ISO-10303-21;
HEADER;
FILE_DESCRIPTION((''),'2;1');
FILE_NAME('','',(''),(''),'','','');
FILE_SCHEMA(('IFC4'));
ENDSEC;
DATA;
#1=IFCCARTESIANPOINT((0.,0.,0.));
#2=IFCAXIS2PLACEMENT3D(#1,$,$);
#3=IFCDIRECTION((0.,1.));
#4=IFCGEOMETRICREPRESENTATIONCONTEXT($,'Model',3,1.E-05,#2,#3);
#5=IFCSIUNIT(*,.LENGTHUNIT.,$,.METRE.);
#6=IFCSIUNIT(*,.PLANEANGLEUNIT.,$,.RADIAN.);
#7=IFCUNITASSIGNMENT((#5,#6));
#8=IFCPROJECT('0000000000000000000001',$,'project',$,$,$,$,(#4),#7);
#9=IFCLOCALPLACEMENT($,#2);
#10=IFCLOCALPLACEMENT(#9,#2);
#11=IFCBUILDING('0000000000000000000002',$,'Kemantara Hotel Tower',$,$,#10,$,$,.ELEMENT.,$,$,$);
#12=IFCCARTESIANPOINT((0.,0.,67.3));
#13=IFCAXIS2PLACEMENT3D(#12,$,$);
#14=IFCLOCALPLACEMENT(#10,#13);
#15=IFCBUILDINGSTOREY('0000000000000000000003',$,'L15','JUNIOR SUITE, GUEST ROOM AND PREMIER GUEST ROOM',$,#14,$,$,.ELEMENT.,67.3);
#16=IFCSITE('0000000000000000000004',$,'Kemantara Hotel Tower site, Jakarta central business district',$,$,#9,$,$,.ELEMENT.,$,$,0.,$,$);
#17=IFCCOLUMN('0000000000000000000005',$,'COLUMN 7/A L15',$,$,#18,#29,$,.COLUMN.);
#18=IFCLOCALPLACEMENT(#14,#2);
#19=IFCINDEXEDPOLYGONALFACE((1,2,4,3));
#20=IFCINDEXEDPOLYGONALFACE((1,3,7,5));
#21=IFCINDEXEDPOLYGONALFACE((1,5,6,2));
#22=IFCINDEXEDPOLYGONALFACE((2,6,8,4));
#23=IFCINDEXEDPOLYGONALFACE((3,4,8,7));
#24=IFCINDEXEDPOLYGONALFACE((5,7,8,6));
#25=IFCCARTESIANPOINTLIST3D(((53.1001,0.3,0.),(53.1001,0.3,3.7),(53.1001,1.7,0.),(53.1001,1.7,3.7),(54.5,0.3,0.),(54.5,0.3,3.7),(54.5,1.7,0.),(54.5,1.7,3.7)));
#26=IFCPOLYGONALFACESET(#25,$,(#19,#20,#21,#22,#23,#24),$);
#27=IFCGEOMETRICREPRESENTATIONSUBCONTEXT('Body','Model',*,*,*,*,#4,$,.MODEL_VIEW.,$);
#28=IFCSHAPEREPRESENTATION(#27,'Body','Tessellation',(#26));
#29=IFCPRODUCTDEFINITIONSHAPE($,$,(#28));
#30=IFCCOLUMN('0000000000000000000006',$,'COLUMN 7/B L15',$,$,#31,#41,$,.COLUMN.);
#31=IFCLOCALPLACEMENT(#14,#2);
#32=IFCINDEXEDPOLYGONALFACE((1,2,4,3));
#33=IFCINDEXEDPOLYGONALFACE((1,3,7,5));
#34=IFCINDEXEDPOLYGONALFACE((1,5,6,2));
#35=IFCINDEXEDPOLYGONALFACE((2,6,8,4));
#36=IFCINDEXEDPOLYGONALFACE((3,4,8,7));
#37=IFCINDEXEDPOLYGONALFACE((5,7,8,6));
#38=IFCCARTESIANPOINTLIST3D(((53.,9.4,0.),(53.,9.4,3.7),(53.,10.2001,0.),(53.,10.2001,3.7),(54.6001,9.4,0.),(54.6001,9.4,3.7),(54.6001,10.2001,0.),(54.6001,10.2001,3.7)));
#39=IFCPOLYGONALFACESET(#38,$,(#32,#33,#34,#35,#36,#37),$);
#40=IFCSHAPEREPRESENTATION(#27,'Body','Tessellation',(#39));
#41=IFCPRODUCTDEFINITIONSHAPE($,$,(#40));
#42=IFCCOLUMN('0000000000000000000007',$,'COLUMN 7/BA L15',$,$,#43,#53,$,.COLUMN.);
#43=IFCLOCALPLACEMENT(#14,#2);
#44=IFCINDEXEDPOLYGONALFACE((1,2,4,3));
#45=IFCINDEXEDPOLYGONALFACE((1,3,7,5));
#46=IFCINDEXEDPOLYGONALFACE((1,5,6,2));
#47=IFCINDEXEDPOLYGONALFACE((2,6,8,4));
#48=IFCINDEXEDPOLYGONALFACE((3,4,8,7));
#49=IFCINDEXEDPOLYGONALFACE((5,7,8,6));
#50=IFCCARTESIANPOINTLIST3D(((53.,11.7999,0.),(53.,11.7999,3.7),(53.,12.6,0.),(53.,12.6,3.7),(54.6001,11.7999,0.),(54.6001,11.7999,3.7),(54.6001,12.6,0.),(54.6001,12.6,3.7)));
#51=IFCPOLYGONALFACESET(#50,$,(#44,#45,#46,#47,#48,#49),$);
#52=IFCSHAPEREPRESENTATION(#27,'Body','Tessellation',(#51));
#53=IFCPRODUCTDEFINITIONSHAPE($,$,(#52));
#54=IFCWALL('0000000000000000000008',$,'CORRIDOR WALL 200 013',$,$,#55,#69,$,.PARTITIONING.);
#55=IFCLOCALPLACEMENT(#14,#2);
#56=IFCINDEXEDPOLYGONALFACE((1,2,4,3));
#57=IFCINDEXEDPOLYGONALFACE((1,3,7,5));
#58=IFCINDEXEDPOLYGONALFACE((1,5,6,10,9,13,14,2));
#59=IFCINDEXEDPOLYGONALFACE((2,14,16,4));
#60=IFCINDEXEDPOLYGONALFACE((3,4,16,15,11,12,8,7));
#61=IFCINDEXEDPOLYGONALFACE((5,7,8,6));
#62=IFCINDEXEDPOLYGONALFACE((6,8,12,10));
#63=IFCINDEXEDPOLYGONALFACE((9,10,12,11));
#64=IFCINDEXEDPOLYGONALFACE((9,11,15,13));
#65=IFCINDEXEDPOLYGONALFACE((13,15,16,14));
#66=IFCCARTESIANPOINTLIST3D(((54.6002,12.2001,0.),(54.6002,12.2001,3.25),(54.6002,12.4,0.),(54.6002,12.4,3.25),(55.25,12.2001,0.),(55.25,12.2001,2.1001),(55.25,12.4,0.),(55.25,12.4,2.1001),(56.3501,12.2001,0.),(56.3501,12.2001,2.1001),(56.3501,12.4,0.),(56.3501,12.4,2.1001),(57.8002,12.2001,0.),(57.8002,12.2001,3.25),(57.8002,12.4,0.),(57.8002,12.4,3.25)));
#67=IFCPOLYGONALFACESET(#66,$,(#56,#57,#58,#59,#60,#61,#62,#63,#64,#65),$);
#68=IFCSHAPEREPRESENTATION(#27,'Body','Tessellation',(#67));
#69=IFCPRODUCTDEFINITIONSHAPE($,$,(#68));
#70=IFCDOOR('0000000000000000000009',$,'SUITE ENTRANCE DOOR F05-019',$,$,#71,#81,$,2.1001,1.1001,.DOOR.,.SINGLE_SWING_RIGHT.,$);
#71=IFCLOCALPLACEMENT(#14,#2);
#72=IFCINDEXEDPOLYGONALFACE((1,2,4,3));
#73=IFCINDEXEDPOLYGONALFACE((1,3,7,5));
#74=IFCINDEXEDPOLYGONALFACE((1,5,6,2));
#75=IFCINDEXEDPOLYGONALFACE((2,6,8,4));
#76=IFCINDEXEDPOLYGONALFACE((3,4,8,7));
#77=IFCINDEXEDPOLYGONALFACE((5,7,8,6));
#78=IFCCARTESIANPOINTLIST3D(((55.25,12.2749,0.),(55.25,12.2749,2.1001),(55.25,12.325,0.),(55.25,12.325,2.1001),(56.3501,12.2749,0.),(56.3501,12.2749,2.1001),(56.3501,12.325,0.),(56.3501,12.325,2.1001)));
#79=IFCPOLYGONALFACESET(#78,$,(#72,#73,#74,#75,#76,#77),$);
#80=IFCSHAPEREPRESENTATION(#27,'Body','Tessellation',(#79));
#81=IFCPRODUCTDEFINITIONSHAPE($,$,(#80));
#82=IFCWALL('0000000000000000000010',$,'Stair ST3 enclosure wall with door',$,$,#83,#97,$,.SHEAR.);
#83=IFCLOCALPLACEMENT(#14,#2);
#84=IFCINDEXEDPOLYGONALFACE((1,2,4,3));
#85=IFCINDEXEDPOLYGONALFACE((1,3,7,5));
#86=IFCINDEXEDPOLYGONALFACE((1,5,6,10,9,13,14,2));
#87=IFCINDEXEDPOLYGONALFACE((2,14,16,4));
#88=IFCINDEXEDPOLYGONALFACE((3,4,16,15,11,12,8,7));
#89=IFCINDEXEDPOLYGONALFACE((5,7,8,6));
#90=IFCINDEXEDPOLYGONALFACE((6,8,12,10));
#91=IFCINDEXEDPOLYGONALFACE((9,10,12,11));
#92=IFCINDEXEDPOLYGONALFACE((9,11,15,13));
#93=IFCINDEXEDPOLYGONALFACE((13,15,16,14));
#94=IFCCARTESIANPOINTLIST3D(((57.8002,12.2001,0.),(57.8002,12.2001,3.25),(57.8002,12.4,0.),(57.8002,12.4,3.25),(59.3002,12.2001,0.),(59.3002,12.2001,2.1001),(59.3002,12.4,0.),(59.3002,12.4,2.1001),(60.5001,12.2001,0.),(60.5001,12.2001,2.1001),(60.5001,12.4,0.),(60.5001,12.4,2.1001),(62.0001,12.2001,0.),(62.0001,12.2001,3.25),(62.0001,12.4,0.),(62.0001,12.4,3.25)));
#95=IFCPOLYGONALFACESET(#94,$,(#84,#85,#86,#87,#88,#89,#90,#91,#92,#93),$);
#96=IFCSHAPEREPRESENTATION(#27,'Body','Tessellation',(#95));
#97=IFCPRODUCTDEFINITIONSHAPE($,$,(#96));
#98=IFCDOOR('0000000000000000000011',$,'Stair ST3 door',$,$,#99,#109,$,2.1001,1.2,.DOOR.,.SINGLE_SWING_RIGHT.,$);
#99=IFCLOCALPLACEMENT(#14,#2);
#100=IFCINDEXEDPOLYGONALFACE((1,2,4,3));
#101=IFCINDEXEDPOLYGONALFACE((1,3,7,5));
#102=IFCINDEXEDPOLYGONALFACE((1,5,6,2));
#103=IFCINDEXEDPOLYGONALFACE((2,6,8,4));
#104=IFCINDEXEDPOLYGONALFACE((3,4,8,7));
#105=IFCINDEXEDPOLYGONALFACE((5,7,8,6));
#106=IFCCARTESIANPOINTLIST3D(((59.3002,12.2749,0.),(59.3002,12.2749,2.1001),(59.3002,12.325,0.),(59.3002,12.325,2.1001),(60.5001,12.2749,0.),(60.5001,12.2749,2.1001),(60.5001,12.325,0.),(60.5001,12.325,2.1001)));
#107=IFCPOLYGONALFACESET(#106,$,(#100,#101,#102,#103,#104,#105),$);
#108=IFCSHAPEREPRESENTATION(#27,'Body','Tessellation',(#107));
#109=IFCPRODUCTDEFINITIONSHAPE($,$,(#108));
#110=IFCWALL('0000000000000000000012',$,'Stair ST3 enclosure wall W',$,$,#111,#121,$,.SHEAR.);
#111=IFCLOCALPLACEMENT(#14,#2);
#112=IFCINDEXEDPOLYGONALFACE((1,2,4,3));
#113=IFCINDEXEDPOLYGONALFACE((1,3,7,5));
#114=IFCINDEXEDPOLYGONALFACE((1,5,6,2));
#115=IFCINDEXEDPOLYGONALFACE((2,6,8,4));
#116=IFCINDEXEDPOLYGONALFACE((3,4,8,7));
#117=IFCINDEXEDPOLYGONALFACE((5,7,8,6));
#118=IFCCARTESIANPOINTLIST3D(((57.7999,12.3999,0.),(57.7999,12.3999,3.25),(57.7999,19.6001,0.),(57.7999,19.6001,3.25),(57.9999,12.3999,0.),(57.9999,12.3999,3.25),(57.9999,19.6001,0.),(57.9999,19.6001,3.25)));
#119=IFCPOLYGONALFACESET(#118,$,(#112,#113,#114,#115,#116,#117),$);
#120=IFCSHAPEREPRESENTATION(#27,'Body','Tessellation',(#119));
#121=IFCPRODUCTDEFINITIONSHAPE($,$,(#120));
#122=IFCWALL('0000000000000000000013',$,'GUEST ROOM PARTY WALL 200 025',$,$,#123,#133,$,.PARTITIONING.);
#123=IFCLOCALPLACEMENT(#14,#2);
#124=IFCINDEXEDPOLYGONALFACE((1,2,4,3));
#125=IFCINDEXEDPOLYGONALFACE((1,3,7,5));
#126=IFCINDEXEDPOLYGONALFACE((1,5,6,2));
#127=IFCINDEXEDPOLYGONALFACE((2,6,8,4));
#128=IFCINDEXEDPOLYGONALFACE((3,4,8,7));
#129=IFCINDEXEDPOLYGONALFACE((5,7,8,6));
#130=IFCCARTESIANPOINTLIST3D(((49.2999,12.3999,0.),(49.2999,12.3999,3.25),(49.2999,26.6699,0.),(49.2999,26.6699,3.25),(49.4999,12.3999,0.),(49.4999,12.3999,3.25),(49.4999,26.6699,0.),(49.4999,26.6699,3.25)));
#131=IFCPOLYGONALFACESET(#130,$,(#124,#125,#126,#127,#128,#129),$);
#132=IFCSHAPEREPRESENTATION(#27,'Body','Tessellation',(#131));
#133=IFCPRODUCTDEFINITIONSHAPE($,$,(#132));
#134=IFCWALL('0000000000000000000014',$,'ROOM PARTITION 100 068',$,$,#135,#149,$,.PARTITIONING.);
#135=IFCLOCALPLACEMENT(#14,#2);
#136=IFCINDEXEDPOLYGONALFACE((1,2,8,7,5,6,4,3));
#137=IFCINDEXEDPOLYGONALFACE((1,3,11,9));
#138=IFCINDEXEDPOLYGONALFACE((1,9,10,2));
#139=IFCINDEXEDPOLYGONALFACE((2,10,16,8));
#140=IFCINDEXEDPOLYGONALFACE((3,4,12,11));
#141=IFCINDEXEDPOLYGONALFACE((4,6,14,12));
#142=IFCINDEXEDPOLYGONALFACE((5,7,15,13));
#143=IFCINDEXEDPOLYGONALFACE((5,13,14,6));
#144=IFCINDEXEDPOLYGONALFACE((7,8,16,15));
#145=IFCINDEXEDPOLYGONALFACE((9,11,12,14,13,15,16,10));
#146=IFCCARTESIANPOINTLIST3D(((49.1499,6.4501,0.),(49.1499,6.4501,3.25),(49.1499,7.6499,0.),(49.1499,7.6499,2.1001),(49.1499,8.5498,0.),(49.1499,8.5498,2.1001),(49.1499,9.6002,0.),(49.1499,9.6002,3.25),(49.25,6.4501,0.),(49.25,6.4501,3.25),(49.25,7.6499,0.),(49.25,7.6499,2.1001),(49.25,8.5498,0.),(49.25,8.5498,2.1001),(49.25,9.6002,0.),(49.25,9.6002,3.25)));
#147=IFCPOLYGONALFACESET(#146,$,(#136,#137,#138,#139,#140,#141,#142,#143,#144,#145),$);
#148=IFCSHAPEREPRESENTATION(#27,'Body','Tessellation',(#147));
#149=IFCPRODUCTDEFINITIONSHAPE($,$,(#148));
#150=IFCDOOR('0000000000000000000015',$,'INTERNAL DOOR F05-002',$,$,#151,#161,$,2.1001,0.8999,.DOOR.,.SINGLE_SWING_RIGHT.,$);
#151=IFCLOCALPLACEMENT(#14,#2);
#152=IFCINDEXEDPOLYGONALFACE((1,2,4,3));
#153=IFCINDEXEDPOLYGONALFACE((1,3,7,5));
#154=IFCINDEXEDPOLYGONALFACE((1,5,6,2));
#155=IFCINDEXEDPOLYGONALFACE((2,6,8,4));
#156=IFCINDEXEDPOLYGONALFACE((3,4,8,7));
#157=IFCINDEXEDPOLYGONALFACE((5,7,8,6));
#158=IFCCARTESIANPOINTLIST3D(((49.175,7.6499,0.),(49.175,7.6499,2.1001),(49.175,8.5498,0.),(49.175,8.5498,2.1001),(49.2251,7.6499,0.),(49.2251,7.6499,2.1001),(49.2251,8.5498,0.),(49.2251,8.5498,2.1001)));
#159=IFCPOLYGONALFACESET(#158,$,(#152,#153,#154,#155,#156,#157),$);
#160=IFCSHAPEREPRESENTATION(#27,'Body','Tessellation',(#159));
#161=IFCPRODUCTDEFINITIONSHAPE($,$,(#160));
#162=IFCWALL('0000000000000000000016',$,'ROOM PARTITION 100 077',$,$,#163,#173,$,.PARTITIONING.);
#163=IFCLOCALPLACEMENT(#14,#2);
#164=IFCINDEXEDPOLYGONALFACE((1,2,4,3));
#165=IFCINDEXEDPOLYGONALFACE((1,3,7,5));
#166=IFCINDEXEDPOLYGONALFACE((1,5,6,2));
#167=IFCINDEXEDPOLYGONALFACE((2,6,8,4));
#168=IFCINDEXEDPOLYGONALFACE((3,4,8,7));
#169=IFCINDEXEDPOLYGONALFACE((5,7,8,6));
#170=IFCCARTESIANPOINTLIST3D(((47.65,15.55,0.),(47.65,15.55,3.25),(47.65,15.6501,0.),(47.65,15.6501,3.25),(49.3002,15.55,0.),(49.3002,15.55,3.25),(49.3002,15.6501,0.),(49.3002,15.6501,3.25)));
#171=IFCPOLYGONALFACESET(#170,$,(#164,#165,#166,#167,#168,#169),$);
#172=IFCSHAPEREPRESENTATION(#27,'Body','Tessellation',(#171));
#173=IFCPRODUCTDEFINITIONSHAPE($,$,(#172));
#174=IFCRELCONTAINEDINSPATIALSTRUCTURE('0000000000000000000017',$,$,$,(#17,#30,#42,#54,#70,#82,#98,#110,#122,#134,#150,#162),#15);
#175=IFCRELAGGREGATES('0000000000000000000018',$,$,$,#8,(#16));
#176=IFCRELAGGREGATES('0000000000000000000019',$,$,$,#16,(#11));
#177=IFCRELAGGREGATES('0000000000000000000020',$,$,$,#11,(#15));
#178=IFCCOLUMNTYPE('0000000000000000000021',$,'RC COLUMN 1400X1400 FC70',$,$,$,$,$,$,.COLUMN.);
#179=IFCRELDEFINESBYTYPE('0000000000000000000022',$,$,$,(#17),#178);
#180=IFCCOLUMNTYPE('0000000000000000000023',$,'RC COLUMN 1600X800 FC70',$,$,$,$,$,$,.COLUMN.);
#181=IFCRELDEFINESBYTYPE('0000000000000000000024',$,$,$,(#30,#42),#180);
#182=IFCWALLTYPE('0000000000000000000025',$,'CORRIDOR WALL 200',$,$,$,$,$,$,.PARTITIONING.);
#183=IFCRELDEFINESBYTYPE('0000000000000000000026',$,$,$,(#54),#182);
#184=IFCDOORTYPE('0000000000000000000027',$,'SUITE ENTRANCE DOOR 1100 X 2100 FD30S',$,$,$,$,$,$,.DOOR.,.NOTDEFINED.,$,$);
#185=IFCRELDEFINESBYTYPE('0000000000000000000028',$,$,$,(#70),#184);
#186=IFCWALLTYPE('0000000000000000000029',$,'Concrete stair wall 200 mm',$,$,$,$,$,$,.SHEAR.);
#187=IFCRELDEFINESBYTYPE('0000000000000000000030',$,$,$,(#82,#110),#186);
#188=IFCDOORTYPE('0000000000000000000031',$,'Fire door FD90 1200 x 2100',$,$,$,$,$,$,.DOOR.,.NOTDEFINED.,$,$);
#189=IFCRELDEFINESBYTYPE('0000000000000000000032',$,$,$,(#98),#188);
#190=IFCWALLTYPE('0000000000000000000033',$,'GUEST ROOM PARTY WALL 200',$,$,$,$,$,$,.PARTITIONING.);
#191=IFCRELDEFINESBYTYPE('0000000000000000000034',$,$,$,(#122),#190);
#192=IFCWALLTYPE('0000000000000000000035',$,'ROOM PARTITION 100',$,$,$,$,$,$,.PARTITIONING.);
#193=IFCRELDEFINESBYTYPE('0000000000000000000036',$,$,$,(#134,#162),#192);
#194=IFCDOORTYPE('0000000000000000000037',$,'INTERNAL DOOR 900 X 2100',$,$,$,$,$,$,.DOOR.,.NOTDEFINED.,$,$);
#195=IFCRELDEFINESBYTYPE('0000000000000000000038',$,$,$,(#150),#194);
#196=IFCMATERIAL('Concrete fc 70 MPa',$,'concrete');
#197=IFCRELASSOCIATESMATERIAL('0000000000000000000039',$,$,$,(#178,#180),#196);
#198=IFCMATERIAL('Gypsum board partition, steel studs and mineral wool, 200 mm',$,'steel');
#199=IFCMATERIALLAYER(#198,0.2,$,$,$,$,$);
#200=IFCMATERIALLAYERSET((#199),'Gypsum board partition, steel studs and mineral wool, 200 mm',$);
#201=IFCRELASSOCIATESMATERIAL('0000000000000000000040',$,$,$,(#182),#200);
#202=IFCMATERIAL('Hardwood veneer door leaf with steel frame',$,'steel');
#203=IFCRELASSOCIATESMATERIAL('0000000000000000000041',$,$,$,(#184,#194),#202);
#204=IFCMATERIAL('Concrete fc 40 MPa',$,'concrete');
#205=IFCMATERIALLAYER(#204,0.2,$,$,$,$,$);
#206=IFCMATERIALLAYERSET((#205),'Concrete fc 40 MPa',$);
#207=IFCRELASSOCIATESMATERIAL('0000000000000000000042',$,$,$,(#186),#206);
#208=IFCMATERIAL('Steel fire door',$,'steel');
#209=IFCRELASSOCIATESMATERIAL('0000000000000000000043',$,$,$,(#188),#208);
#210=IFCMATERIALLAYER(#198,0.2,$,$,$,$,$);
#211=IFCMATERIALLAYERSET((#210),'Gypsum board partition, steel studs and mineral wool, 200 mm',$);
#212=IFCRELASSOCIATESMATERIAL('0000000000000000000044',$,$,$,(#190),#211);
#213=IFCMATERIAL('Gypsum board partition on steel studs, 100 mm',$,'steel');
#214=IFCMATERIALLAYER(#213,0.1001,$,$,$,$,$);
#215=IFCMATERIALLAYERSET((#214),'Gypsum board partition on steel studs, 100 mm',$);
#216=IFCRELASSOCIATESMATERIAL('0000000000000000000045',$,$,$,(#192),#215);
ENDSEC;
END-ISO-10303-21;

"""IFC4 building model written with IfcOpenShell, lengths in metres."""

from ifc_helpers import new_model, si_unit, direction, frame, frame_2d, origin, origin_2d, place, context, subcontext, project, spatial, rectangle, extrude, material, layer, layer_set, material_profile, profile_set, type_object, element, fill, save


model = new_model("IFC4")

# Units and contexts
model_context = context("Model", 3, precision=1e-05, world=origin(), true_north=direction((0.0, 1.0)))
body_context = subcontext(model_context, "Body", "Model", "MODEL_VIEW")
ifc_project = project(units=[si_unit("LENGTHUNIT", "METRE"), si_unit("PLANEANGLEUNIT", "RADIAN")], contexts=[model_context])

# Site, building, storey
site_placement = place(None, origin())
site = spatial("IfcSite", under=ifc_project, at=site_placement, Name="Kemantara Hotel Tower site, Jakarta central business district", CompositionType="ELEMENT", RefElevation=0.0)
building_placement = place(site_placement, origin())
building = spatial("IfcBuilding", under=site, at=building_placement, Name="Kemantara Hotel Tower", CompositionType="ELEMENT")
storey_placement = place(building_placement, frame((0.0, 0.0, 67.3)))
storey = spatial("IfcBuildingStorey", under=building, at=storey_placement, Name="L15", Description="JUNIOR SUITE, GUEST ROOM AND PREMIER GUEST ROOM", CompositionType="ELEMENT", Elevation=67.3)

# Columns
ifc_material_1 = material(Name="Concrete fc 70 MPa", Category="concrete")
ifc_material_profile_1 = material_profile(ifc_material_1, rectangle(XDim=1.3999, YDim=1.3999, at=origin_2d()), Name="RC 1400X1400")
ifc_profile_set_1 = profile_set([ifc_material_profile_1], Name="Concrete fc 70 MPa")
column_type_1 = type_object("IfcColumnType", Name="RC COLUMN 1400X1400 FC70", PredefinedType="COLUMN", material=ifc_profile_set_1)
column_placement = place(storey_placement, frame((53.8, 1.0, 0.0), z_axis=(0.0, 0.0, 1.0), x_axis=(1.0, 0.0, 0.0)))
element("IfcColumn", 1, at=column_placement, inside=storey, type_object=column_type_1, Name="COLUMN 7/A L15", PredefinedType="COLUMN", context=body_context, shape_type="SweptSolid", body=[
    extrude(rectangle(XDim=1.3999, YDim=1.3999, at=origin_2d()), origin(), (0.0, 0.0, 1.0), 3.7),
])
ifc_material_profile_2 = material_profile(ifc_material_1, rectangle(XDim=1.6001, YDim=0.8, at=origin_2d()), Name="RC 1600X800")
ifc_profile_set_2 = profile_set([ifc_material_profile_2], Name="Concrete fc 70 MPa")
column_type_2 = type_object("IfcColumnType", Name="RC COLUMN 1600X800 FC70", PredefinedType="COLUMN", material=ifc_profile_set_2)
for number, where, z_axis, x_axis, name in (
    (2, (53.8, 9.8, 0.0), (0.0, 0.0, 1.0), (1.0, 0.0, 0.0), "COLUMN 7/B L15"),
    (3, (53.8, 12.2, 0.0), (0.0, 0.0, 1.0), (1.0, 0.0, 0.0), "COLUMN 7/BA L15"),
):
    element("IfcColumn", number, at=place(storey_placement, frame(where, z_axis=z_axis, x_axis=x_axis)), inside=storey, type_object=column_type_2, Name=name, PredefinedType="COLUMN", context=body_context, shape_type="SweptSolid", body=[
        extrude(rectangle(XDim=1.6001, YDim=0.8, at=origin_2d()), origin(), (0.0, 0.0, 1.0), 3.7),
    ])

# Walls, openings, doors
ifc_material_2 = material(Name="Gypsum board partition, steel studs and mineral wool, 200 mm", Category="steel")
ifc_layer_1 = layer(ifc_material_2, 0.2)
ifc_layer_set_1 = layer_set([ifc_layer_1], Name="Gypsum board partition, steel studs and mineral wool, 200 mm")
wall_type_1 = type_object("IfcWallType", Name="CORRIDOR WALL 200", PredefinedType="PARTITIONING", material=ifc_layer_set_1)
wall_1_placement = place(storey_placement, frame((54.6001, 12.3, 0.0), z_axis=(0.0, 0.0, 1.0), x_axis=(1.0, 0.0, 0.0)))
wall_1 = element("IfcWall", 4, at=wall_1_placement, inside=storey, type_object=wall_type_1, Name="CORRIDOR WALL 200 013", PredefinedType="PARTITIONING", context=body_context, shape_type="SweptSolid", body=[
    extrude(rectangle(XDim=3.2, YDim=0.2, at=frame_2d((1.6001, 0.0))), origin(), (0.0, 0.0, 1.0), 3.25),
])
opening_1_placement = place(wall_1_placement, frame((0.6499, 0.0, 0.0)))
opening_1 = element("IfcOpeningElement", 5, at=opening_1_placement, cuts=wall_1, PredefinedType="OPENING", context=body_context, shape_type="SweptSolid", body=[
    extrude(rectangle(XDim=1.1001, YDim=2.1001, at=frame_2d((0.55, 1.05))), frame((0.0, 0.1099, 0.0), z_axis=(0.0, -1.0, 0.0), x_axis=(1.0, 0.0, 0.0)), (0.0, 0.0, 1.0), 0.22),
])
ifc_material_3 = material(Name="Hardwood veneer door leaf with steel frame", Category="steel")
door_type_1 = type_object("IfcDoorType", Name="SUITE ENTRANCE DOOR 1100 X 2100 FD30S", OperationType="NOTDEFINED", PredefinedType="DOOR", material=ifc_material_3)
door_1_placement = place(opening_1_placement, origin())
door_1 = element("IfcDoor", 6, at=door_1_placement, inside=storey, type_object=door_type_1, Name="SUITE ENTRANCE DOOR F05-019", OperationType="SINGLE_SWING_RIGHT", OverallHeight=2.1001, OverallWidth=1.1001, PredefinedType="DOOR", context=body_context, shape_type="SweptSolid", body=[
    extrude(rectangle(XDim=1.1001, YDim=2.1001, at=frame_2d((0.55, 1.05))), frame((0.0, 0.0249, 0.0), z_axis=(0.0, -1.0, 0.0), x_axis=(1.0, 0.0, 0.0)), (0.0, 0.0, 1.0), 0.05),
])
fill(opening_1, door_1)
ifc_material_4 = material(Name="Concrete fc 40 MPa", Category="concrete")
ifc_layer_2 = layer(ifc_material_4, 0.2)
ifc_layer_set_2 = layer_set([ifc_layer_2], Name="Concrete fc 40 MPa")
wall_type_2 = type_object("IfcWallType", Name="Concrete stair wall 200 mm", PredefinedType="SHEAR", material=ifc_layer_set_2)
wall_2_placement = place(storey_placement, frame((57.8, 12.3, 0.0), z_axis=(0.0, 0.0, 1.0), x_axis=(1.0, 0.0, 0.0)))
wall_2 = element("IfcWall", 7, at=wall_2_placement, inside=storey, type_object=wall_type_2, Name="Stair ST3 enclosure wall with door", PredefinedType="SHEAR", context=body_context, shape_type="SweptSolid", body=[
    extrude(rectangle(XDim=4.2, YDim=0.2, at=frame_2d((2.1001, 0.0))), origin(), (0.0, 0.0, 1.0), 3.25),
])
opening_2_placement = place(wall_2_placement, frame((1.5, 0.0, 0.0)))
opening_2 = element("IfcOpeningElement", 8, at=opening_2_placement, cuts=wall_2, PredefinedType="OPENING", context=body_context, shape_type="SweptSolid", body=[
    extrude(rectangle(XDim=1.2, YDim=2.1001, at=frame_2d((0.6001, 1.05))), frame((0.0, 0.1099, 0.0), z_axis=(0.0, -1.0, 0.0), x_axis=(1.0, 0.0, 0.0)), (0.0, 0.0, 1.0), 0.22),
])
ifc_material_5 = material(Name="Steel fire door", Category="steel")
door_type_2 = type_object("IfcDoorType", Name="Fire door FD90 1200 x 2100", OperationType="NOTDEFINED", PredefinedType="DOOR", material=ifc_material_5)
door_2_placement = place(opening_2_placement, origin())
door_2 = element("IfcDoor", 9, at=door_2_placement, inside=storey, type_object=door_type_2, Name="Stair ST3 door", OperationType="SINGLE_SWING_RIGHT", OverallHeight=2.1001, OverallWidth=1.2, PredefinedType="DOOR", context=body_context, shape_type="SweptSolid", body=[
    extrude(rectangle(XDim=1.2, YDim=2.1001, at=frame_2d((0.6001, 1.05))), frame((0.0, 0.0249, 0.0), z_axis=(0.0, -1.0, 0.0), x_axis=(1.0, 0.0, 0.0)), (0.0, 0.0, 1.0), 0.05),
])
fill(opening_2, door_2)

# Walls
wall_3_placement = place(storey_placement, frame((57.8999, 12.3999, 0.0), z_axis=(0.0, 0.0, 1.0), x_axis=(0.0, 1.0, 0.0)))
element("IfcWall", 10, at=wall_3_placement, inside=storey, type_object=wall_type_2, Name="Stair ST3 enclosure wall W", PredefinedType="SHEAR", context=body_context, shape_type="SweptSolid", body=[
    extrude(rectangle(XDim=7.2002, YDim=0.2, at=frame_2d((3.6001, 0.0))), origin(), (0.0, 0.0, 1.0), 3.25),
])
ifc_layer_3 = layer(ifc_material_2, 0.2)
ifc_layer_set_3 = layer_set([ifc_layer_3], Name="Gypsum board partition, steel studs and mineral wool, 200 mm")
wall_type_3 = type_object("IfcWallType", Name="GUEST ROOM PARTY WALL 200", PredefinedType="PARTITIONING", material=ifc_layer_set_3)
wall_4_placement = place(storey_placement, frame((49.3999, 12.3999, 0.0), z_axis=(0.0, 0.0, 1.0), x_axis=(0.0, 1.0, 0.0)))
element("IfcWall", 11, at=wall_4_placement, inside=storey, type_object=wall_type_3, Name="GUEST ROOM PARTY WALL 200 025", PredefinedType="PARTITIONING", context=body_context, shape_type="SweptSolid", body=[
    extrude(rectangle(XDim=14.27, YDim=0.2, at=frame_2d((7.135, 0.0))), origin(), (0.0, 0.0, 1.0), 3.25),
])

# Wall, opening, door
ifc_material_6 = material(Name="Gypsum board partition on steel studs, 100 mm", Category="steel")
ifc_layer_4 = layer(ifc_material_6, 0.1001)
ifc_layer_set_4 = layer_set([ifc_layer_4], Name="Gypsum board partition on steel studs, 100 mm")
wall_type_4 = type_object("IfcWallType", Name="ROOM PARTITION 100", PredefinedType="PARTITIONING", material=ifc_layer_set_4)
wall_5_placement = place(storey_placement, frame((49.2, 6.45, 0.0), z_axis=(0.0, 0.0, 1.0), x_axis=(0.0, 1.0, 0.0)))
wall_5 = element("IfcWall", 12, at=wall_5_placement, inside=storey, type_object=wall_type_4, Name="ROOM PARTITION 100 068", PredefinedType="PARTITIONING", context=body_context, shape_type="SweptSolid", body=[
    extrude(rectangle(XDim=3.1501, YDim=0.1001, at=frame_2d((1.5752, 0.0))), origin(), (0.0, 0.0, 1.0), 3.25),
])
opening_3_placement = place(wall_5_placement, frame((1.2, 0.0, 0.0)))
opening_3 = element("IfcOpeningElement", 13, at=opening_3_placement, cuts=wall_5, PredefinedType="OPENING", context=body_context, shape_type="SweptSolid", body=[
    extrude(rectangle(XDim=0.8999, YDim=2.1001, at=frame_2d((0.45, 1.05))), frame((0.0, 0.0601, 0.0), z_axis=(0.0, -1.0, 0.0), x_axis=(1.0, 0.0, 0.0)), (0.0, 0.0, 1.0), 0.1201),
])
door_type_3 = type_object("IfcDoorType", Name="INTERNAL DOOR 900 X 2100", OperationType="NOTDEFINED", PredefinedType="DOOR", material=ifc_material_3)
door_3_placement = place(opening_3_placement, origin())
door_3 = element("IfcDoor", 14, at=door_3_placement, inside=storey, type_object=door_type_3, Name="INTERNAL DOOR F05-002", OperationType="SINGLE_SWING_RIGHT", OverallHeight=2.1001, OverallWidth=0.8999, PredefinedType="DOOR", context=body_context, shape_type="SweptSolid", body=[
    extrude(rectangle(XDim=0.8999, YDim=2.1001, at=frame_2d((0.45, 1.05))), frame((0.0, 0.0249, 0.0), z_axis=(0.0, -1.0, 0.0), x_axis=(1.0, 0.0, 0.0)), (0.0, 0.0, 1.0), 0.05),
])
fill(opening_3, door_3)

# Wall
wall_6_placement = place(storey_placement, frame((47.6499, 15.6001, 0.0), z_axis=(0.0, 0.0, 1.0), x_axis=(1.0, 0.0, 0.0)))
element("IfcWall", 15, at=wall_6_placement, inside=storey, type_object=wall_type_4, Name="ROOM PARTITION 100 077", PredefinedType="PARTITIONING", context=body_context, shape_type="SweptSolid", body=[
    extrude(rectangle(XDim=1.6501, YDim=0.1001, at=frame_2d((0.8252, 0.0))), origin(), (0.0, 0.0, 1.0), 3.25),
])

save(model, "model.ifc")
